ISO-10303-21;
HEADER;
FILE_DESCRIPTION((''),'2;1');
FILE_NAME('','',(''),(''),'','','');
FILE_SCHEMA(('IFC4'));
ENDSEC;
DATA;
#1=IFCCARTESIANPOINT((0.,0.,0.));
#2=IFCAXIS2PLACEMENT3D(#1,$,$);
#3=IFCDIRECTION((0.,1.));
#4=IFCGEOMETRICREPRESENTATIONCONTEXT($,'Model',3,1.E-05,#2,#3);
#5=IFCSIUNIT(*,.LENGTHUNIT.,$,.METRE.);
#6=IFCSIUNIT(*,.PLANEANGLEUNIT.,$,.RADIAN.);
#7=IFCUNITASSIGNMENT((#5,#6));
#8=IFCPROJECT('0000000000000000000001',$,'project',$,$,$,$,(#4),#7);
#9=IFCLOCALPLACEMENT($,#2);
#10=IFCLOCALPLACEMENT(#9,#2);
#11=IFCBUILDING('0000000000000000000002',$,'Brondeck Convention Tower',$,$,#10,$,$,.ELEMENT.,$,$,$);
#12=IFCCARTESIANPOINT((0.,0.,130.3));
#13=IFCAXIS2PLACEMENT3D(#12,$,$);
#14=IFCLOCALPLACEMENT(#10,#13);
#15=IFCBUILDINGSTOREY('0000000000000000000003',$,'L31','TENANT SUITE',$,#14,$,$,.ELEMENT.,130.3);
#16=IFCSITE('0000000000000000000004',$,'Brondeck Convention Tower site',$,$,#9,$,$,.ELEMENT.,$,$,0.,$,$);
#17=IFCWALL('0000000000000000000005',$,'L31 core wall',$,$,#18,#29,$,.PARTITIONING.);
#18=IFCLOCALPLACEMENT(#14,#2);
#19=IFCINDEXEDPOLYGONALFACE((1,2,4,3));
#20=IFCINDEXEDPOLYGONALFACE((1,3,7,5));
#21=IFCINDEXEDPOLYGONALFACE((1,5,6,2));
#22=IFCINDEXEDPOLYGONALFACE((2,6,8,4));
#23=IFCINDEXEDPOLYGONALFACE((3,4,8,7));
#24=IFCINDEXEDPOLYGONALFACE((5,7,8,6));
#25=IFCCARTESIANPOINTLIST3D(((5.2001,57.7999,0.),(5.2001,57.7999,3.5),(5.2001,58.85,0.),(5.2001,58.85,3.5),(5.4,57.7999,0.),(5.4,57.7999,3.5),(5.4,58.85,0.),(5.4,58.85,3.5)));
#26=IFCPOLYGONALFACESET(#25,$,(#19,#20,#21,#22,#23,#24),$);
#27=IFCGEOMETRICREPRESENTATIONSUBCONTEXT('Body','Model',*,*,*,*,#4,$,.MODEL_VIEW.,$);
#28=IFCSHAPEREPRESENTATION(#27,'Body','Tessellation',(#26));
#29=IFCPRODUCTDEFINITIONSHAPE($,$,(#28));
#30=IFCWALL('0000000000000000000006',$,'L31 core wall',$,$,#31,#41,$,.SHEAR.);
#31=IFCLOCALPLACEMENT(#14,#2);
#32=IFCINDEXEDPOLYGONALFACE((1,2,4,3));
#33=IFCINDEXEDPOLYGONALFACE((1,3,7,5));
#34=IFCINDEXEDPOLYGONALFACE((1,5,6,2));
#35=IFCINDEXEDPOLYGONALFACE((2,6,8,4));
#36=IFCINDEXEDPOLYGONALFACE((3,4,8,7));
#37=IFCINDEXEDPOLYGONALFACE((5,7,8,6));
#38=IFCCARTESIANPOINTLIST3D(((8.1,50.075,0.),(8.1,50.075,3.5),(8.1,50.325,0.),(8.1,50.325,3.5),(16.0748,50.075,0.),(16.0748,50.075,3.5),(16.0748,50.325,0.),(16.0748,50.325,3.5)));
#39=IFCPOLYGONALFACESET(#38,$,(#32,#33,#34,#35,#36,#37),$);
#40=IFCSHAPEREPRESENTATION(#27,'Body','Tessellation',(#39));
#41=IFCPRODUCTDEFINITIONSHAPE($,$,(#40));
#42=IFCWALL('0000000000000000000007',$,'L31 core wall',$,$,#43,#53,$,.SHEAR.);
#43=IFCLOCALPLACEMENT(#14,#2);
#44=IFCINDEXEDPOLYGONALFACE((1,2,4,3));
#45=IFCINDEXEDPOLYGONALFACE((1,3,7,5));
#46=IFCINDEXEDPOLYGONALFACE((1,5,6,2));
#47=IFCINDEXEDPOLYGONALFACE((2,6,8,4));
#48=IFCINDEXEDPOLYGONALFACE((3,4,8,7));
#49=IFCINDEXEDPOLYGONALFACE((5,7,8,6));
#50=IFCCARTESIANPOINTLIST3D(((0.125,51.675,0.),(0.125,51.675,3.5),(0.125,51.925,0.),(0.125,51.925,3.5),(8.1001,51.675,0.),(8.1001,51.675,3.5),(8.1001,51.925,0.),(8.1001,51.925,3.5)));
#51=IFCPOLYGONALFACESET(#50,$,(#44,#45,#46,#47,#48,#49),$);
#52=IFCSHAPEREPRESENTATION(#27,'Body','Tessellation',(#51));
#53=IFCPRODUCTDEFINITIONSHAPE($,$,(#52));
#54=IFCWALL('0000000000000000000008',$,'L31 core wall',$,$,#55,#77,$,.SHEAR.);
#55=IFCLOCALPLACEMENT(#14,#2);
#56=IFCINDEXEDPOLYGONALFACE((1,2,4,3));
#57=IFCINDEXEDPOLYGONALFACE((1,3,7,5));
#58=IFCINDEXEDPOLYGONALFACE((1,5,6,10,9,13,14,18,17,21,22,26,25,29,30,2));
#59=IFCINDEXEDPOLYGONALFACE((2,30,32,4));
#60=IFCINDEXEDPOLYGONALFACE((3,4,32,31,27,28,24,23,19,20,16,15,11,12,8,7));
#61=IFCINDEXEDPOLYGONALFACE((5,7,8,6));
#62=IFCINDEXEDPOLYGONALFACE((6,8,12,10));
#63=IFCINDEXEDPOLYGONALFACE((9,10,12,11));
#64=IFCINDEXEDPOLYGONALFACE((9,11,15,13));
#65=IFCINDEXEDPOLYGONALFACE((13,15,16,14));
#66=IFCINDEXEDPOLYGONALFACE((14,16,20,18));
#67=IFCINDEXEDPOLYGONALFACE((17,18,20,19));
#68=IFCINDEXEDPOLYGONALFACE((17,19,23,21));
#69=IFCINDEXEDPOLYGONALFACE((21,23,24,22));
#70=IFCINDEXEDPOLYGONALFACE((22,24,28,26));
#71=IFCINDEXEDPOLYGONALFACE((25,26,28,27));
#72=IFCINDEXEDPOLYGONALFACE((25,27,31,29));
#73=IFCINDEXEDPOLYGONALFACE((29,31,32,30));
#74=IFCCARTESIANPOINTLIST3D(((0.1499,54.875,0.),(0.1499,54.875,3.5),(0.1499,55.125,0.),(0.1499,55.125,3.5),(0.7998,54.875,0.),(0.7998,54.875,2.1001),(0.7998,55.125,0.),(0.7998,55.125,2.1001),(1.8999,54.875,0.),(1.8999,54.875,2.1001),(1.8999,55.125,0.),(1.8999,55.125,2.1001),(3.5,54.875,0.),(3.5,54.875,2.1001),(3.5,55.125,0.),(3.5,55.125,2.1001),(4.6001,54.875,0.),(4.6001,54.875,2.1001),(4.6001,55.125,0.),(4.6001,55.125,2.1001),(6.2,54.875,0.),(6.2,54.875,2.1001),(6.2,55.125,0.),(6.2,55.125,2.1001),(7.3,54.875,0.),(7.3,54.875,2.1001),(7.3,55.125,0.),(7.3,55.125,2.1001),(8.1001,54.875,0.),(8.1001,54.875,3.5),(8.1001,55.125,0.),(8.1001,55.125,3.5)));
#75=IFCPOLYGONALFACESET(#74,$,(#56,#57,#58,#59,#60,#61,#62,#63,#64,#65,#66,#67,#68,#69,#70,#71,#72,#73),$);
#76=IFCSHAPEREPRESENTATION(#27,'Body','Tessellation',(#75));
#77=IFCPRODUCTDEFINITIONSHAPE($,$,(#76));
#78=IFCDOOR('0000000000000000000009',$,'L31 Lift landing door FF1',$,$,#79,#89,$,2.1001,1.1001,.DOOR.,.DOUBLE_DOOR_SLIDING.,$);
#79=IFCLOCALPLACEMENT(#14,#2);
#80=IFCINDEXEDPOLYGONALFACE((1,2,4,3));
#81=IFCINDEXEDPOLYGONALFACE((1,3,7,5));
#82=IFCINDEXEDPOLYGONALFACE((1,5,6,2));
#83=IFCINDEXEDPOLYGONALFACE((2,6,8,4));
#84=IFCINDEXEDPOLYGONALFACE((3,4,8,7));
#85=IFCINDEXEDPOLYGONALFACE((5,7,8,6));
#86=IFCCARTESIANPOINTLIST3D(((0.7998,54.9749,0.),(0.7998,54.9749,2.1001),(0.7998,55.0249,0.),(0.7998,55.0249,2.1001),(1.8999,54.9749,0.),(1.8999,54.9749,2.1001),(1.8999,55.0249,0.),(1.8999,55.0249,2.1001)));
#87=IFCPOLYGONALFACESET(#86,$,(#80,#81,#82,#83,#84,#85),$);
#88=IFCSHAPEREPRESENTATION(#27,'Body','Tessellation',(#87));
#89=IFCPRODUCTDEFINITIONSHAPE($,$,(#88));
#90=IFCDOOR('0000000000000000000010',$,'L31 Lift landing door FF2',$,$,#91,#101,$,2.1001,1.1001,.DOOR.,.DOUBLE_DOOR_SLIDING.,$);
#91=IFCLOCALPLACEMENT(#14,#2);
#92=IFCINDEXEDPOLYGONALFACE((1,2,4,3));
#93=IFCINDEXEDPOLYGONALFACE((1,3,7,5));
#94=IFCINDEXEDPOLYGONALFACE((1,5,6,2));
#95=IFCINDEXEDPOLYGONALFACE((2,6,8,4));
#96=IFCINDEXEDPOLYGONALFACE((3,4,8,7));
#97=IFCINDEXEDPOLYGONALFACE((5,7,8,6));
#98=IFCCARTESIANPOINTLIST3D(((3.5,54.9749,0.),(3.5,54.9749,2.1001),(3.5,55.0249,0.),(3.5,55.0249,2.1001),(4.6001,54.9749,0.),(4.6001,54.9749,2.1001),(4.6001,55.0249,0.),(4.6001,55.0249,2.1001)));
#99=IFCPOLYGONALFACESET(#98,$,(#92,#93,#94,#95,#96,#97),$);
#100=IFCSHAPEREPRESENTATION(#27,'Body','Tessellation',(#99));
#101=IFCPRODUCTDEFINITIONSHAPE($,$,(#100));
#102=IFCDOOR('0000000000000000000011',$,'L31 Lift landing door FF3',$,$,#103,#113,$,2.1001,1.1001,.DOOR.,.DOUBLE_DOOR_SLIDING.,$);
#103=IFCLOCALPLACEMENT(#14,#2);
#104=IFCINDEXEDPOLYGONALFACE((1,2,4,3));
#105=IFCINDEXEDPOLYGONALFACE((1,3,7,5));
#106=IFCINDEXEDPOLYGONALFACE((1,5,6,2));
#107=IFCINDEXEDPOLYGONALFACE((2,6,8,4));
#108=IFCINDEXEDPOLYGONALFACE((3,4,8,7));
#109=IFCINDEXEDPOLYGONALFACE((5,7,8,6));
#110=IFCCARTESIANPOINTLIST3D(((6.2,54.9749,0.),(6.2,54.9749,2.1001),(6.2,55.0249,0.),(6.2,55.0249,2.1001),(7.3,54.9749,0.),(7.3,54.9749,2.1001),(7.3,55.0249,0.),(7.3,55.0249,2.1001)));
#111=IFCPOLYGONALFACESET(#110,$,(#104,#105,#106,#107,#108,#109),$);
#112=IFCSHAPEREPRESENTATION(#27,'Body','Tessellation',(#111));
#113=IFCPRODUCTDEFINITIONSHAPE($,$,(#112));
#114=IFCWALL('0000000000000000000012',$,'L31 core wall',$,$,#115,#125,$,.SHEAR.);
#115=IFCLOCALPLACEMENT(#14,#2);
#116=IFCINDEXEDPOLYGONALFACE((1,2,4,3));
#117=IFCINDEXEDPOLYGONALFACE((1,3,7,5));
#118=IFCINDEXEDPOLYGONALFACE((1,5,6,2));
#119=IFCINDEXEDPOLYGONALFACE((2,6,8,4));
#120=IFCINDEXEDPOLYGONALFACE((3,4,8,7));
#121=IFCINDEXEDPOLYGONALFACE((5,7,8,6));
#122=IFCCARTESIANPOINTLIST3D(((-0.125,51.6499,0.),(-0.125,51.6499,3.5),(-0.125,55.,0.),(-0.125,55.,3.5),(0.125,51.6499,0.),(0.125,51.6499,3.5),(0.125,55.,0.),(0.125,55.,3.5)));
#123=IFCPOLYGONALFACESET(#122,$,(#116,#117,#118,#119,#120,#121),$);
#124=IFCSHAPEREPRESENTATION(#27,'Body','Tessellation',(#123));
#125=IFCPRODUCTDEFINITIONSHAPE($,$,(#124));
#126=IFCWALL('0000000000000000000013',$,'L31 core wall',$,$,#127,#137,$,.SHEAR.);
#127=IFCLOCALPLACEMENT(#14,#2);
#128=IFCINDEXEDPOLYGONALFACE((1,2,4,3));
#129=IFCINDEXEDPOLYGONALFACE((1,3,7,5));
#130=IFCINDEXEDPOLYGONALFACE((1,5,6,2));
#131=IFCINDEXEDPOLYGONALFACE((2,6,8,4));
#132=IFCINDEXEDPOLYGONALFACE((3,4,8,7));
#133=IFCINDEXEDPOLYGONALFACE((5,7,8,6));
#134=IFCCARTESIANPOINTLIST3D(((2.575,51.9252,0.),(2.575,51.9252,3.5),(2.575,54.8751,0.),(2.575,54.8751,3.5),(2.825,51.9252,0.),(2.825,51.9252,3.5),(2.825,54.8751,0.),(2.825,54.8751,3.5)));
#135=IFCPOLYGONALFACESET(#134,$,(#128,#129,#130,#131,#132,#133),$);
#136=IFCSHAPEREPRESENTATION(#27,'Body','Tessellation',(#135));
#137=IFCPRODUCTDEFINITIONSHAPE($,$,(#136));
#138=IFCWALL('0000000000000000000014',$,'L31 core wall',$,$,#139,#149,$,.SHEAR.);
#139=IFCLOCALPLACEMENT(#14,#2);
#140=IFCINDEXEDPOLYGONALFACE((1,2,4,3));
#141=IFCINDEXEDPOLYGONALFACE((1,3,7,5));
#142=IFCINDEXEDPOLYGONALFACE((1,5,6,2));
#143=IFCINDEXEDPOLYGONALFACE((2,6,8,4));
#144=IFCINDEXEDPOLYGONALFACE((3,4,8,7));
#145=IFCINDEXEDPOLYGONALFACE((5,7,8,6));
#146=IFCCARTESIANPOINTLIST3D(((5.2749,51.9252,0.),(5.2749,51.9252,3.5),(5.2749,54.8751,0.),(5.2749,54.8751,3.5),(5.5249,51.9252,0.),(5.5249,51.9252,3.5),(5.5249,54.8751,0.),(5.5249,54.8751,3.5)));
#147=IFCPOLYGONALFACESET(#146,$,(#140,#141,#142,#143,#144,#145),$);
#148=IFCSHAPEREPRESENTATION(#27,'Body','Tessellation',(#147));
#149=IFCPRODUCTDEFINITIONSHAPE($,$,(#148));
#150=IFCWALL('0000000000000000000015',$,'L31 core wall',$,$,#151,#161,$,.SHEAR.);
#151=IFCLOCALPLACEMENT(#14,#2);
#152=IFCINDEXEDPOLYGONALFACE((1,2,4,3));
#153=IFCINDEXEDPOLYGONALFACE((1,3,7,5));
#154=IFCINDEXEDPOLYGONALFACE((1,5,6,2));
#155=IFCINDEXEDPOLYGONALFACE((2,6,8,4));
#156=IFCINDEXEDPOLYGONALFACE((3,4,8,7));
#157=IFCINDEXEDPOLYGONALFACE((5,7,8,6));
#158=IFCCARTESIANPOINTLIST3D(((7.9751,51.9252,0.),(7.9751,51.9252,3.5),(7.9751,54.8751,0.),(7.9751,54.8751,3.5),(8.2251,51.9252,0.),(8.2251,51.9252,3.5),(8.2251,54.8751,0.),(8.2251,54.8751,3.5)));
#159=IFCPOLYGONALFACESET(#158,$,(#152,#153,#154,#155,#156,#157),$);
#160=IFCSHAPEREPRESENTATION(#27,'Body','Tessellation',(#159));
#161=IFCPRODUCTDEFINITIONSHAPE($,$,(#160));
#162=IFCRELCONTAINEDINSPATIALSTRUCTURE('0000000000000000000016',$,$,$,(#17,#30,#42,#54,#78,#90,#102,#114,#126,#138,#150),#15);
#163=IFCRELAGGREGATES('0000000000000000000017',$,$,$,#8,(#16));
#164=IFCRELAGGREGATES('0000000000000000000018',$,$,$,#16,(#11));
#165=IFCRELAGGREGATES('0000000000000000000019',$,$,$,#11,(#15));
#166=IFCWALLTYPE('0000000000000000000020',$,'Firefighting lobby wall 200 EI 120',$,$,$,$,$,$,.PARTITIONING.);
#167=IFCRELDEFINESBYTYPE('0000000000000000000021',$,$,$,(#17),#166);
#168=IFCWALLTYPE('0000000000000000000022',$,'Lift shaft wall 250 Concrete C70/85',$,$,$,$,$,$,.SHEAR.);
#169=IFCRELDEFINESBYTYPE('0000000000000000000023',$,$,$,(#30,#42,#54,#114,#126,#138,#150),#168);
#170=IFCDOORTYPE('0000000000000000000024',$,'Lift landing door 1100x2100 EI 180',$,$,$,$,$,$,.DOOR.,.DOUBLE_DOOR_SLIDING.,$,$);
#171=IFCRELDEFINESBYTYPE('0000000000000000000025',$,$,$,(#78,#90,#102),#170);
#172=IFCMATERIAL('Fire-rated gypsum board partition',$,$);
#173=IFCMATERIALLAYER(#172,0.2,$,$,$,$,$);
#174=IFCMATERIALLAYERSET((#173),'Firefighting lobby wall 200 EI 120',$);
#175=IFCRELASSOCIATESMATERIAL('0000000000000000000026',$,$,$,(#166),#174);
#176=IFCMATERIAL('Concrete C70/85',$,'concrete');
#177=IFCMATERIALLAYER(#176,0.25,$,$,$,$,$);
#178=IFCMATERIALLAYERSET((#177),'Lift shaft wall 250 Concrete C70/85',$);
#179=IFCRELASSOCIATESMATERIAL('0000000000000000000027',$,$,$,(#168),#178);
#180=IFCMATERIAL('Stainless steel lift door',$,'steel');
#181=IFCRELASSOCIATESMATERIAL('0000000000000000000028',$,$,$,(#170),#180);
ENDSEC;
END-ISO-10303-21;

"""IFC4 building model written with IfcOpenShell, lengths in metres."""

from ifc_helpers import new_model, si_unit, direction, frame, frame_2d, origin, place, context, subcontext, project, spatial, rectangle, extrude, material, layer, layer_set, type_object, element, fill, save


model = new_model("IFC4")

# Units and contexts
model_context = context("Model", 3, precision=1e-05, world=origin(), true_north=direction((0.0, 1.0)))
body_context = subcontext(model_context, "Body", "Model", "MODEL_VIEW")
ifc_project = project(units=[si_unit("LENGTHUNIT", "METRE"), si_unit("PLANEANGLEUNIT", "RADIAN")], contexts=[model_context])

# Site, building, storey
site_placement = place(None, origin())
site = spatial("IfcSite", under=ifc_project, at=site_placement, Name="Brondeck Convention Tower site", CompositionType="ELEMENT", RefElevation=0.0)
building_placement = place(site_placement, origin())
building = spatial("IfcBuilding", under=site, at=building_placement, Name="Brondeck Convention Tower", CompositionType="ELEMENT")
storey_placement = place(building_placement, frame((0.0, 0.0, 130.3)))
storey = spatial("IfcBuildingStorey", under=building, at=storey_placement, Name="L31", Description="TENANT SUITE", CompositionType="ELEMENT", Elevation=130.3)

# Shared definitions
ifc_material_1 = material(Name="Concrete C70/85", Category="concrete")

# Shared definitions
ifc_material_2 = material(Name="Fire-rated gypsum board partition")

# Shared definitions
ifc_layer_1 = layer(ifc_material_2, 0.2)
ifc_layer_set_1 = layer_set([ifc_layer_1], Name="Firefighting lobby wall 200 EI 120")
wall_type_1 = type_object("IfcWallType", Name="Firefighting lobby wall 200 EI 120", PredefinedType="PARTITIONING", material=ifc_layer_set_1)

# Walls
wall_1_placement = place(storey_placement, frame((5.3, 57.8, 0.0), z_axis=(0.0, 0.0, 1.0), x_axis=(0.0, 1.0, 0.0)))
element("IfcWall", 1, at=wall_1_placement, inside=storey, type_object=wall_type_1, Name="L31 core wall", PredefinedType="PARTITIONING", context=body_context, shape_type="SweptSolid", body=[
    extrude(rectangle(XDim=1.05, YDim=0.2, at=frame_2d((0.5249, 0.0))), origin(), (0.0, 0.0, 1.0), 3.5),
])
ifc_layer_2 = layer(ifc_material_1, 0.25)
ifc_layer_set_2 = layer_set([ifc_layer_2], Name="Lift shaft wall 250 Concrete C70/85")
wall_type_2 = type_object("IfcWallType", Name="Lift shaft wall 250 Concrete C70/85", PredefinedType="SHEAR", material=ifc_layer_set_2)
wall_2_placement = place(storey_placement, frame((8.1001, 50.2, 0.0), z_axis=(0.0, 0.0, 1.0), x_axis=(1.0, 0.0, 0.0)))
element("IfcWall", 2, at=wall_2_placement, inside=storey, type_object=wall_type_2, Name="L31 core wall", PredefinedType="SHEAR", context=body_context, shape_type="SweptSolid", body=[
    extrude(rectangle(XDim=7.9749, YDim=0.25, at=frame_2d((3.9873, 0.0))), origin(), (0.0, 0.0, 1.0), 3.5),
])
wall_3_placement = place(storey_placement, frame((0.125, 51.8, 0.0), z_axis=(0.0, 0.0, 1.0), x_axis=(1.0, 0.0, 0.0)))
element("IfcWall", 3, at=wall_3_placement, inside=storey, type_object=wall_type_2, Name="L31 core wall", PredefinedType="SHEAR", context=body_context, shape_type="SweptSolid", body=[
    extrude(rectangle(XDim=7.9751, YDim=0.25, at=frame_2d((3.9875, 0.0))), origin(), (0.0, 0.0, 1.0), 3.5),
])

# Wall, openings, doors
wall_4_placement = place(storey_placement, frame((0.1499, 55.0, 0.0), z_axis=(0.0, 0.0, 1.0), x_axis=(1.0, 0.0, 0.0)))
wall_4 = element("IfcWall", 4, at=wall_4_placement, inside=storey, type_object=wall_type_2, Name="L31 core wall", PredefinedType="SHEAR", context=body_context, shape_type="SweptSolid", body=[
    extrude(rectangle(XDim=7.9502, YDim=0.25, at=frame_2d((3.9751, 0.0))), origin(), (0.0, 0.0, 1.0), 3.5),
])
opening_1_placement = place(wall_4_placement, frame((0.6499, 0.0, 0.0)))
opening_1 = element("IfcOpeningElement", 5, at=opening_1_placement, cuts=wall_4, PredefinedType="OPENING", context=body_context, shape_type="SweptSolid", body=[
    extrude(rectangle(XDim=1.1001, YDim=2.1001, at=frame_2d((0.55, 1.05))), frame((0.0, 0.135, 0.0), z_axis=(0.0, -1.0, 0.0), x_axis=(1.0, 0.0, 0.0)), (0.0, 0.0, 1.0), 0.27),
])
opening_2_placement = place(wall_4_placement, frame((3.3501, 0.0, 0.0)))
opening_2 = element("IfcOpeningElement", 6, at=opening_2_placement, cuts=wall_4, PredefinedType="OPENING", context=body_context, shape_type="SweptSolid", body=[
    extrude(rectangle(XDim=1.1001, YDim=2.1001, at=frame_2d((0.55, 1.05))), frame((0.0, 0.135, 0.0), z_axis=(0.0, -1.0, 0.0), x_axis=(1.0, 0.0, 0.0)), (0.0, 0.0, 1.0), 0.27),
])
opening_3_placement = place(wall_4_placement, frame((6.05, 0.0, 0.0)))
opening_3 = element("IfcOpeningElement", 7, at=opening_3_placement, cuts=wall_4, PredefinedType="OPENING", context=body_context, shape_type="SweptSolid", body=[
    extrude(rectangle(XDim=1.1001, YDim=2.1001, at=frame_2d((0.55, 1.05))), frame((0.0, 0.135, 0.0), z_axis=(0.0, -1.0, 0.0), x_axis=(1.0, 0.0, 0.0)), (0.0, 0.0, 1.0), 0.27),
])
ifc_material_3 = material(Name="Stainless steel lift door", Category="steel")
door_type_1 = type_object("IfcDoorType", Name="Lift landing door 1100x2100 EI 180", OperationType="DOUBLE_DOOR_SLIDING", PredefinedType="DOOR", material=ifc_material_3)
door_1_placement = place(opening_1_placement, origin())
door_1 = element("IfcDoor", 8, at=door_1_placement, inside=storey, type_object=door_type_1, Name="L31 Lift landing door FF1", OperationType="DOUBLE_DOOR_SLIDING", OverallHeight=2.1001, OverallWidth=1.1001, PredefinedType="DOOR", context=body_context, shape_type="SweptSolid", body=[
    extrude(rectangle(XDim=1.1001, YDim=2.1001, at=frame_2d((0.55, 1.05))), frame((0.0, 0.0249, 0.0), z_axis=(0.0, -1.0, 0.0), x_axis=(1.0, 0.0, 0.0)), (0.0, 0.0, 1.0), 0.05),
])
fill(opening_1, door_1)
door_2_placement = place(opening_2_placement, origin())
door_2 = element("IfcDoor", 9, at=door_2_placement, inside=storey, type_object=door_type_1, Name="L31 Lift landing door FF2", OperationType="DOUBLE_DOOR_SLIDING", OverallHeight=2.1001, OverallWidth=1.1001, PredefinedType="DOOR", context=body_context, shape_type="SweptSolid", body=[
    extrude(rectangle(XDim=1.1001, YDim=2.1001, at=frame_2d((0.55, 1.05))), frame((0.0, 0.0249, 0.0), z_axis=(0.0, -1.0, 0.0), x_axis=(1.0, 0.0, 0.0)), (0.0, 0.0, 1.0), 0.05),
])
fill(opening_2, door_2)
door_3_placement = place(opening_3_placement, origin())
door_3 = element("IfcDoor", 10, at=door_3_placement, inside=storey, type_object=door_type_1, Name="L31 Lift landing door FF3", OperationType="DOUBLE_DOOR_SLIDING", OverallHeight=2.1001, OverallWidth=1.1001, PredefinedType="DOOR", context=body_context, shape_type="SweptSolid", body=[
    extrude(rectangle(XDim=1.1001, YDim=2.1001, at=frame_2d((0.55, 1.05))), frame((0.0, 0.0249, 0.0), z_axis=(0.0, -1.0, 0.0), x_axis=(1.0, 0.0, 0.0)), (0.0, 0.0, 1.0), 0.05),
])
fill(opening_3, door_3)

# Walls
wall_5_placement = place(storey_placement, frame((0.0, 51.6499, 0.0), z_axis=(0.0, 0.0, 1.0), x_axis=(0.0, 1.0, 0.0)))
element("IfcWall", 11, at=wall_5_placement, inside=storey, type_object=wall_type_2, Name="L31 core wall", PredefinedType="SHEAR", context=body_context, shape_type="SweptSolid", body=[
    extrude(rectangle(XDim=3.3501, YDim=0.25, at=frame_2d((1.675, 0.0))), origin(), (0.0, 0.0, 1.0), 3.5),
])
for number, where, z_axis, x_axis, name in (
    (12, (2.7, 51.925, 0.0), (0.0, 0.0, 1.0), (0.0, 1.0, 0.0), "L31 core wall"),
    (13, (5.3999, 51.925, 0.0), (0.0, 0.0, 1.0), (0.0, 1.0, 0.0), "L31 core wall"),
    (14, (8.1001, 51.925, 0.0), (0.0, 0.0, 1.0), (0.0, 1.0, 0.0), "L31 core wall"),
):
    element("IfcWall", number, at=place(storey_placement, frame(where, z_axis=z_axis, x_axis=x_axis)), inside=storey, type_object=wall_type_2, Name=name, PredefinedType="SHEAR", context=body_context, shape_type="SweptSolid", body=[
        extrude(rectangle(XDim=2.95, YDim=0.25, at=frame_2d((1.4751, 0.0))), origin(), (0.0, 0.0, 1.0), 3.5),
    ])

save(model, "model.ifc")
